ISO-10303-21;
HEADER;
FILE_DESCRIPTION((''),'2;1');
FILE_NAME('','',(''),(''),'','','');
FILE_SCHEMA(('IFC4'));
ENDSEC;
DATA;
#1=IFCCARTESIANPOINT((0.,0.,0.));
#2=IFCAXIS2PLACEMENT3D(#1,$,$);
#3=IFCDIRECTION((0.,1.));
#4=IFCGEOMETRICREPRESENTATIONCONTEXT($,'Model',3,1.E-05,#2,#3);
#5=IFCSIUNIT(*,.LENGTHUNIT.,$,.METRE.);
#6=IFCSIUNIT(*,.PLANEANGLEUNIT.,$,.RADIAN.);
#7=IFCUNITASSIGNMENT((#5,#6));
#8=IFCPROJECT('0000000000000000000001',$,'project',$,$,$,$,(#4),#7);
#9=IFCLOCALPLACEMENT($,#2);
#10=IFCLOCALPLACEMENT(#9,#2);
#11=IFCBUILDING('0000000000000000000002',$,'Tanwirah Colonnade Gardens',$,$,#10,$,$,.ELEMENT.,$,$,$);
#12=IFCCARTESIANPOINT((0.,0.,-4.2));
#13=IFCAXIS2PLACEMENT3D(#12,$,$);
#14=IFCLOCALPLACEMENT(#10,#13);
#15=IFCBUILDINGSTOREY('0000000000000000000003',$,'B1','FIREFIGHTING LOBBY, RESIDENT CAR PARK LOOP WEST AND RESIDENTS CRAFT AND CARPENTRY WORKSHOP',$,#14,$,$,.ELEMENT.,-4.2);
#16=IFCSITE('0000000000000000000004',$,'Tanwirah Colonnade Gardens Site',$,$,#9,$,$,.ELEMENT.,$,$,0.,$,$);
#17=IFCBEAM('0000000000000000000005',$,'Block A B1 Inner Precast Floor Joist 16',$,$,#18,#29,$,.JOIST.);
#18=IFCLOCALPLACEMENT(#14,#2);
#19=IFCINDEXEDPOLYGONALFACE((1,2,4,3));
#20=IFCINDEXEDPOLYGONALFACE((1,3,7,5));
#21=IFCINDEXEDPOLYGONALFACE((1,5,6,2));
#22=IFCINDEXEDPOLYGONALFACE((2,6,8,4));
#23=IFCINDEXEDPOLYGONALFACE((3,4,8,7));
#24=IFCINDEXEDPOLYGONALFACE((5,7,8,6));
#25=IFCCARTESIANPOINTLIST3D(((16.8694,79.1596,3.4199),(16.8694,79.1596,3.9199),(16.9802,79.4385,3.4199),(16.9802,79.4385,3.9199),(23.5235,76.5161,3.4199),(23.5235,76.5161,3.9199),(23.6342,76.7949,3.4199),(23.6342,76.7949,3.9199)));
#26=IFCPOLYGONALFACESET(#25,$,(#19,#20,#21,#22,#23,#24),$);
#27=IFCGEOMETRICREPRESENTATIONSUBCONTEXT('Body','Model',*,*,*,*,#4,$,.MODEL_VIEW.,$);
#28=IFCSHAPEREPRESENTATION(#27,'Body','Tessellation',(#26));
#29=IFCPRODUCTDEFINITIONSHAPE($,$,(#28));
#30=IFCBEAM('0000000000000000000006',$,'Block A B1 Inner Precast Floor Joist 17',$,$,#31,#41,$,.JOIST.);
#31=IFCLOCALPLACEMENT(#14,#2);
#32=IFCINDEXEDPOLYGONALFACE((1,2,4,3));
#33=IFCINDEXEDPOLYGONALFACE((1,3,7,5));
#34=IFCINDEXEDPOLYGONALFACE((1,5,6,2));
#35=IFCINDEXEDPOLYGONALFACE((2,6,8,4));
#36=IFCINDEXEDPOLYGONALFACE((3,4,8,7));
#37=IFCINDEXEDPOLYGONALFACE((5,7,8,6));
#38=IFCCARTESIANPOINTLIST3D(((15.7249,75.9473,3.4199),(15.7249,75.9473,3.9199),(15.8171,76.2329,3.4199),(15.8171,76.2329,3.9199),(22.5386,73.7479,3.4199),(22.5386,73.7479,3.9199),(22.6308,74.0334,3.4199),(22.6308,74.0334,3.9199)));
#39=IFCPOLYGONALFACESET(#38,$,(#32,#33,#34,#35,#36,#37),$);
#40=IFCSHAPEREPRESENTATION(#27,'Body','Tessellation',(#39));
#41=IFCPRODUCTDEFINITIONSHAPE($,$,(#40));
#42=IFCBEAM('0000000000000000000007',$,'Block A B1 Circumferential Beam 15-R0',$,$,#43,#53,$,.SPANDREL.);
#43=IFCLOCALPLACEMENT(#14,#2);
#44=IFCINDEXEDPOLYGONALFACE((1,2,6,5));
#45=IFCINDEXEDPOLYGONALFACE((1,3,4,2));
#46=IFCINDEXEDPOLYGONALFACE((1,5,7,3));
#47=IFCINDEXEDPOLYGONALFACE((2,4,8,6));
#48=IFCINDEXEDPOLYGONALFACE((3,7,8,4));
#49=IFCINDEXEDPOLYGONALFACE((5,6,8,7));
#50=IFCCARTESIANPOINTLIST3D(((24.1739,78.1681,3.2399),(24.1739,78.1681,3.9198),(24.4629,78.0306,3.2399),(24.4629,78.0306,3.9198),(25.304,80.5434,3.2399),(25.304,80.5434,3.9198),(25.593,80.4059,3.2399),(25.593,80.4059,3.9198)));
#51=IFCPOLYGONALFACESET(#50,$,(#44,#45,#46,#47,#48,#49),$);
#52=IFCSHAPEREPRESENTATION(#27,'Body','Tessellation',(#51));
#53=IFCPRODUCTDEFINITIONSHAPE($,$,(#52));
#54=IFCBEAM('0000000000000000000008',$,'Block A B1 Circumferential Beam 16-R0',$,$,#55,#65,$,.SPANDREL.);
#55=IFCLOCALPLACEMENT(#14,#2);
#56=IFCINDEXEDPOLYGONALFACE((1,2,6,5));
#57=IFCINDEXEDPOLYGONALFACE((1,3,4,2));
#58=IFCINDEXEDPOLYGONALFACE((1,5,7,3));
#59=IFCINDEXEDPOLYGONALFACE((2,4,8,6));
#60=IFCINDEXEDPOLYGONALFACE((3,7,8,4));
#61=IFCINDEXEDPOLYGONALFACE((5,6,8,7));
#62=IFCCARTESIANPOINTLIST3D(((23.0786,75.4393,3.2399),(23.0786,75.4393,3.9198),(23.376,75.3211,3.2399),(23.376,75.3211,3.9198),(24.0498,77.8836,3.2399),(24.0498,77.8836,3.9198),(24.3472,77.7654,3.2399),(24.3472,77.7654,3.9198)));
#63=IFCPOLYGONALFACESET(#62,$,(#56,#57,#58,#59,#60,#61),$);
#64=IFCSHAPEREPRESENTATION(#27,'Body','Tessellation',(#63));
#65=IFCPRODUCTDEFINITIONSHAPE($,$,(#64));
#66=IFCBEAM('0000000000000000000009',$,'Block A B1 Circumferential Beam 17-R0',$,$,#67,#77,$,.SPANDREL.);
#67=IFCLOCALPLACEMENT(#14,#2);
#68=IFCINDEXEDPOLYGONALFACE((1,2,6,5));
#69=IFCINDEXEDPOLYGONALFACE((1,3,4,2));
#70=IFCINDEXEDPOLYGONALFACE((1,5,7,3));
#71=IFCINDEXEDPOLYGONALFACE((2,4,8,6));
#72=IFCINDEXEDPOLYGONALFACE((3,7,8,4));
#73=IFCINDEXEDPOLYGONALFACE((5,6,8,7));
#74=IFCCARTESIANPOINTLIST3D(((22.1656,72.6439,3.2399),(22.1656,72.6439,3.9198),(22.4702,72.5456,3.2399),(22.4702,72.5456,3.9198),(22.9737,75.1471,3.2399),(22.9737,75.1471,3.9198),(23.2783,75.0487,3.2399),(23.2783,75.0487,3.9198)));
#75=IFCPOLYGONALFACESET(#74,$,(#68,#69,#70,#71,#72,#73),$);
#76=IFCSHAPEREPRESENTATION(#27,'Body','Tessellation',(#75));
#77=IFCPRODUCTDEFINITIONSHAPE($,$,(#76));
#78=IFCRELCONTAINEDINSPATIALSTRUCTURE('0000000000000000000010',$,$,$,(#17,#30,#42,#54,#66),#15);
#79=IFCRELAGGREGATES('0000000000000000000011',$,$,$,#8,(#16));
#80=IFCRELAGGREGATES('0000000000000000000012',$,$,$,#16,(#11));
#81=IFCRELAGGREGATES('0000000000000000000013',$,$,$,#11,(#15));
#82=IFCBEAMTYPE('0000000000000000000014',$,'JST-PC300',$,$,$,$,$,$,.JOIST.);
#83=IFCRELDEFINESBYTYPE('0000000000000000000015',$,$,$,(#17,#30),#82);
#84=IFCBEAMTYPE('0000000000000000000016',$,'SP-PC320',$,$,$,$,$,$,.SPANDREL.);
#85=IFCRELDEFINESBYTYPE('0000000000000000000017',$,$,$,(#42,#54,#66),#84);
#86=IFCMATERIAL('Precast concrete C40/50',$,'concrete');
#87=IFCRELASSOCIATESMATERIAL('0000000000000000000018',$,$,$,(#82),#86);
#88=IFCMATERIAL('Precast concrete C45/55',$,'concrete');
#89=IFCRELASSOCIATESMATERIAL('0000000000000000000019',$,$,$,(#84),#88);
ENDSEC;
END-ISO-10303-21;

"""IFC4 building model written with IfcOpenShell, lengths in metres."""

from ifc_helpers import new_model, si_unit, direction, frame, origin, origin_2d, place, context, subcontext, project, spatial, rectangle, extrude, material, material_profile, profile_set, type_object, element, save


model = new_model("IFC4")

# Units and contexts
model_context = context("Model", 3, precision=1e-05, world=origin(), true_north=direction((0.0, 1.0)))
body_context = subcontext(model_context, "Body", "Model", "MODEL_VIEW")
ifc_project = project(units=[si_unit("LENGTHUNIT", "METRE"), si_unit("PLANEANGLEUNIT", "RADIAN")], contexts=[model_context])

# Site, building, storey
site_placement = place(None, origin())
site = spatial("IfcSite", under=ifc_project, at=site_placement, Name="Tanwirah Colonnade Gardens Site", CompositionType="ELEMENT", RefElevation=0.0)
building_placement = place(site_placement, origin())
building = spatial("IfcBuilding", under=site, at=building_placement, Name="Tanwirah Colonnade Gardens", CompositionType="ELEMENT")
storey_placement = place(building_placement, frame((0.0, 0.0, -4.2)))
storey = spatial("IfcBuildingStorey", under=building, at=storey_placement, Name="B1", Description="FIREFIGHTING LOBBY, RESIDENT CAR PARK LOOP WEST AND RESIDENTS CRAFT AND CARPENTRY WORKSHOP", CompositionType="ELEMENT", Elevation=-4.2)

# Beams
ifc_material_1 = material(Name="Precast concrete C40/50", Category="concrete")
ifc_material_profile_1 = material_profile(ifc_material_1, rectangle(XDim=0.3, YDim=0.5, at=origin_2d()), Name="PC-JST 300x500")
ifc_profile_set_1 = profile_set([ifc_material_profile_1], Name="Precast concrete C40/50")
beam_type_1 = type_object("IfcBeamType", Name="JST-PC300", PredefinedType="JOIST", material=ifc_profile_set_1)
for number, where, z_axis, x_axis, name in (
    (1, (23.5789, 76.6555, 3.6699), (-0.929344, 0.369214, 0.0), (-0.369214, -0.929344, 0.0), "Block A B1 Inner Precast Floor Joist 16"),
    (2, (22.5847, 73.8906, 3.6699), (-0.951648, 0.307191, 0.0), (-0.307191, -0.951648, 0.0), "Block A B1 Inner Precast Floor Joist 17"),
):
    element("IfcBeam", number, at=place(storey_placement, frame(where, z_axis=z_axis, x_axis=x_axis)), inside=storey, type_object=beam_type_1, Name=name, PredefinedType="JOIST", context=body_context, shape_type="SweptSolid", body=[
        extrude(rectangle(XDim=0.3, YDim=0.5, at=origin_2d()), origin(), (0.0, 0.0, 1.0), 7.1599),
    ])
ifc_material_2 = material(Name="Precast concrete C45/55", Category="concrete")
ifc_material_profile_2 = material_profile(ifc_material_2, rectangle(XDim=0.3201, YDim=0.6799, at=origin_2d()), Name="PC-SP 320x680")
ifc_profile_set_2 = profile_set([ifc_material_profile_2], Name="Precast concrete C45/55")
beam_type_2 = type_object("IfcBeamType", Name="SP-PC320", PredefinedType="SPANDREL", material=ifc_profile_set_2)
beam_1_placement = place(storey_placement, frame((25.4485, 80.4746, 3.5798), z_axis=(-0.429642, -0.902999, 0.0), x_axis=(0.902999, -0.429642, 0.0)))
element("IfcBeam", 3, at=beam_1_placement, inside=storey, type_object=beam_type_2, Name="Block A B1 Circumferential Beam 15-R0", PredefinedType="SPANDREL", context=body_context, shape_type="SweptSolid", body=[
    extrude(rectangle(XDim=0.3201, YDim=0.6799, at=origin_2d()), origin(), (0.0, 0.0, 1.0), 2.6304),
])
beam_2_placement = place(storey_placement, frame((24.1985, 77.8245, 3.5798), z_axis=(-0.369245, -0.929332, 0.0), x_axis=(0.929332, -0.369245, 0.0)))
element("IfcBeam", 4, at=beam_2_placement, inside=storey, type_object=beam_type_2, Name="Block A B1 Circumferential Beam 16-R0", PredefinedType="SPANDREL", context=body_context, shape_type="SweptSolid", body=[
    extrude(rectangle(XDim=0.3201, YDim=0.6799, at=origin_2d()), origin(), (0.0, 0.0, 1.0), 2.6301),
])
beam_3_placement = place(storey_placement, frame((23.126, 75.0979, 3.5798), z_axis=(-0.30722, -0.951639, 0.0), x_axis=(0.951639, -0.30722, 0.0)))
element("IfcBeam", 5, at=beam_3_placement, inside=storey, type_object=beam_type_2, Name="Block A B1 Circumferential Beam 17-R0", PredefinedType="SPANDREL", context=body_context, shape_type="SweptSolid", body=[
    extrude(rectangle(XDim=0.3201, YDim=0.6799, at=origin_2d()), origin(), (0.0, 0.0, 1.0), 2.6304),
])

save(model, "model.ifc")
